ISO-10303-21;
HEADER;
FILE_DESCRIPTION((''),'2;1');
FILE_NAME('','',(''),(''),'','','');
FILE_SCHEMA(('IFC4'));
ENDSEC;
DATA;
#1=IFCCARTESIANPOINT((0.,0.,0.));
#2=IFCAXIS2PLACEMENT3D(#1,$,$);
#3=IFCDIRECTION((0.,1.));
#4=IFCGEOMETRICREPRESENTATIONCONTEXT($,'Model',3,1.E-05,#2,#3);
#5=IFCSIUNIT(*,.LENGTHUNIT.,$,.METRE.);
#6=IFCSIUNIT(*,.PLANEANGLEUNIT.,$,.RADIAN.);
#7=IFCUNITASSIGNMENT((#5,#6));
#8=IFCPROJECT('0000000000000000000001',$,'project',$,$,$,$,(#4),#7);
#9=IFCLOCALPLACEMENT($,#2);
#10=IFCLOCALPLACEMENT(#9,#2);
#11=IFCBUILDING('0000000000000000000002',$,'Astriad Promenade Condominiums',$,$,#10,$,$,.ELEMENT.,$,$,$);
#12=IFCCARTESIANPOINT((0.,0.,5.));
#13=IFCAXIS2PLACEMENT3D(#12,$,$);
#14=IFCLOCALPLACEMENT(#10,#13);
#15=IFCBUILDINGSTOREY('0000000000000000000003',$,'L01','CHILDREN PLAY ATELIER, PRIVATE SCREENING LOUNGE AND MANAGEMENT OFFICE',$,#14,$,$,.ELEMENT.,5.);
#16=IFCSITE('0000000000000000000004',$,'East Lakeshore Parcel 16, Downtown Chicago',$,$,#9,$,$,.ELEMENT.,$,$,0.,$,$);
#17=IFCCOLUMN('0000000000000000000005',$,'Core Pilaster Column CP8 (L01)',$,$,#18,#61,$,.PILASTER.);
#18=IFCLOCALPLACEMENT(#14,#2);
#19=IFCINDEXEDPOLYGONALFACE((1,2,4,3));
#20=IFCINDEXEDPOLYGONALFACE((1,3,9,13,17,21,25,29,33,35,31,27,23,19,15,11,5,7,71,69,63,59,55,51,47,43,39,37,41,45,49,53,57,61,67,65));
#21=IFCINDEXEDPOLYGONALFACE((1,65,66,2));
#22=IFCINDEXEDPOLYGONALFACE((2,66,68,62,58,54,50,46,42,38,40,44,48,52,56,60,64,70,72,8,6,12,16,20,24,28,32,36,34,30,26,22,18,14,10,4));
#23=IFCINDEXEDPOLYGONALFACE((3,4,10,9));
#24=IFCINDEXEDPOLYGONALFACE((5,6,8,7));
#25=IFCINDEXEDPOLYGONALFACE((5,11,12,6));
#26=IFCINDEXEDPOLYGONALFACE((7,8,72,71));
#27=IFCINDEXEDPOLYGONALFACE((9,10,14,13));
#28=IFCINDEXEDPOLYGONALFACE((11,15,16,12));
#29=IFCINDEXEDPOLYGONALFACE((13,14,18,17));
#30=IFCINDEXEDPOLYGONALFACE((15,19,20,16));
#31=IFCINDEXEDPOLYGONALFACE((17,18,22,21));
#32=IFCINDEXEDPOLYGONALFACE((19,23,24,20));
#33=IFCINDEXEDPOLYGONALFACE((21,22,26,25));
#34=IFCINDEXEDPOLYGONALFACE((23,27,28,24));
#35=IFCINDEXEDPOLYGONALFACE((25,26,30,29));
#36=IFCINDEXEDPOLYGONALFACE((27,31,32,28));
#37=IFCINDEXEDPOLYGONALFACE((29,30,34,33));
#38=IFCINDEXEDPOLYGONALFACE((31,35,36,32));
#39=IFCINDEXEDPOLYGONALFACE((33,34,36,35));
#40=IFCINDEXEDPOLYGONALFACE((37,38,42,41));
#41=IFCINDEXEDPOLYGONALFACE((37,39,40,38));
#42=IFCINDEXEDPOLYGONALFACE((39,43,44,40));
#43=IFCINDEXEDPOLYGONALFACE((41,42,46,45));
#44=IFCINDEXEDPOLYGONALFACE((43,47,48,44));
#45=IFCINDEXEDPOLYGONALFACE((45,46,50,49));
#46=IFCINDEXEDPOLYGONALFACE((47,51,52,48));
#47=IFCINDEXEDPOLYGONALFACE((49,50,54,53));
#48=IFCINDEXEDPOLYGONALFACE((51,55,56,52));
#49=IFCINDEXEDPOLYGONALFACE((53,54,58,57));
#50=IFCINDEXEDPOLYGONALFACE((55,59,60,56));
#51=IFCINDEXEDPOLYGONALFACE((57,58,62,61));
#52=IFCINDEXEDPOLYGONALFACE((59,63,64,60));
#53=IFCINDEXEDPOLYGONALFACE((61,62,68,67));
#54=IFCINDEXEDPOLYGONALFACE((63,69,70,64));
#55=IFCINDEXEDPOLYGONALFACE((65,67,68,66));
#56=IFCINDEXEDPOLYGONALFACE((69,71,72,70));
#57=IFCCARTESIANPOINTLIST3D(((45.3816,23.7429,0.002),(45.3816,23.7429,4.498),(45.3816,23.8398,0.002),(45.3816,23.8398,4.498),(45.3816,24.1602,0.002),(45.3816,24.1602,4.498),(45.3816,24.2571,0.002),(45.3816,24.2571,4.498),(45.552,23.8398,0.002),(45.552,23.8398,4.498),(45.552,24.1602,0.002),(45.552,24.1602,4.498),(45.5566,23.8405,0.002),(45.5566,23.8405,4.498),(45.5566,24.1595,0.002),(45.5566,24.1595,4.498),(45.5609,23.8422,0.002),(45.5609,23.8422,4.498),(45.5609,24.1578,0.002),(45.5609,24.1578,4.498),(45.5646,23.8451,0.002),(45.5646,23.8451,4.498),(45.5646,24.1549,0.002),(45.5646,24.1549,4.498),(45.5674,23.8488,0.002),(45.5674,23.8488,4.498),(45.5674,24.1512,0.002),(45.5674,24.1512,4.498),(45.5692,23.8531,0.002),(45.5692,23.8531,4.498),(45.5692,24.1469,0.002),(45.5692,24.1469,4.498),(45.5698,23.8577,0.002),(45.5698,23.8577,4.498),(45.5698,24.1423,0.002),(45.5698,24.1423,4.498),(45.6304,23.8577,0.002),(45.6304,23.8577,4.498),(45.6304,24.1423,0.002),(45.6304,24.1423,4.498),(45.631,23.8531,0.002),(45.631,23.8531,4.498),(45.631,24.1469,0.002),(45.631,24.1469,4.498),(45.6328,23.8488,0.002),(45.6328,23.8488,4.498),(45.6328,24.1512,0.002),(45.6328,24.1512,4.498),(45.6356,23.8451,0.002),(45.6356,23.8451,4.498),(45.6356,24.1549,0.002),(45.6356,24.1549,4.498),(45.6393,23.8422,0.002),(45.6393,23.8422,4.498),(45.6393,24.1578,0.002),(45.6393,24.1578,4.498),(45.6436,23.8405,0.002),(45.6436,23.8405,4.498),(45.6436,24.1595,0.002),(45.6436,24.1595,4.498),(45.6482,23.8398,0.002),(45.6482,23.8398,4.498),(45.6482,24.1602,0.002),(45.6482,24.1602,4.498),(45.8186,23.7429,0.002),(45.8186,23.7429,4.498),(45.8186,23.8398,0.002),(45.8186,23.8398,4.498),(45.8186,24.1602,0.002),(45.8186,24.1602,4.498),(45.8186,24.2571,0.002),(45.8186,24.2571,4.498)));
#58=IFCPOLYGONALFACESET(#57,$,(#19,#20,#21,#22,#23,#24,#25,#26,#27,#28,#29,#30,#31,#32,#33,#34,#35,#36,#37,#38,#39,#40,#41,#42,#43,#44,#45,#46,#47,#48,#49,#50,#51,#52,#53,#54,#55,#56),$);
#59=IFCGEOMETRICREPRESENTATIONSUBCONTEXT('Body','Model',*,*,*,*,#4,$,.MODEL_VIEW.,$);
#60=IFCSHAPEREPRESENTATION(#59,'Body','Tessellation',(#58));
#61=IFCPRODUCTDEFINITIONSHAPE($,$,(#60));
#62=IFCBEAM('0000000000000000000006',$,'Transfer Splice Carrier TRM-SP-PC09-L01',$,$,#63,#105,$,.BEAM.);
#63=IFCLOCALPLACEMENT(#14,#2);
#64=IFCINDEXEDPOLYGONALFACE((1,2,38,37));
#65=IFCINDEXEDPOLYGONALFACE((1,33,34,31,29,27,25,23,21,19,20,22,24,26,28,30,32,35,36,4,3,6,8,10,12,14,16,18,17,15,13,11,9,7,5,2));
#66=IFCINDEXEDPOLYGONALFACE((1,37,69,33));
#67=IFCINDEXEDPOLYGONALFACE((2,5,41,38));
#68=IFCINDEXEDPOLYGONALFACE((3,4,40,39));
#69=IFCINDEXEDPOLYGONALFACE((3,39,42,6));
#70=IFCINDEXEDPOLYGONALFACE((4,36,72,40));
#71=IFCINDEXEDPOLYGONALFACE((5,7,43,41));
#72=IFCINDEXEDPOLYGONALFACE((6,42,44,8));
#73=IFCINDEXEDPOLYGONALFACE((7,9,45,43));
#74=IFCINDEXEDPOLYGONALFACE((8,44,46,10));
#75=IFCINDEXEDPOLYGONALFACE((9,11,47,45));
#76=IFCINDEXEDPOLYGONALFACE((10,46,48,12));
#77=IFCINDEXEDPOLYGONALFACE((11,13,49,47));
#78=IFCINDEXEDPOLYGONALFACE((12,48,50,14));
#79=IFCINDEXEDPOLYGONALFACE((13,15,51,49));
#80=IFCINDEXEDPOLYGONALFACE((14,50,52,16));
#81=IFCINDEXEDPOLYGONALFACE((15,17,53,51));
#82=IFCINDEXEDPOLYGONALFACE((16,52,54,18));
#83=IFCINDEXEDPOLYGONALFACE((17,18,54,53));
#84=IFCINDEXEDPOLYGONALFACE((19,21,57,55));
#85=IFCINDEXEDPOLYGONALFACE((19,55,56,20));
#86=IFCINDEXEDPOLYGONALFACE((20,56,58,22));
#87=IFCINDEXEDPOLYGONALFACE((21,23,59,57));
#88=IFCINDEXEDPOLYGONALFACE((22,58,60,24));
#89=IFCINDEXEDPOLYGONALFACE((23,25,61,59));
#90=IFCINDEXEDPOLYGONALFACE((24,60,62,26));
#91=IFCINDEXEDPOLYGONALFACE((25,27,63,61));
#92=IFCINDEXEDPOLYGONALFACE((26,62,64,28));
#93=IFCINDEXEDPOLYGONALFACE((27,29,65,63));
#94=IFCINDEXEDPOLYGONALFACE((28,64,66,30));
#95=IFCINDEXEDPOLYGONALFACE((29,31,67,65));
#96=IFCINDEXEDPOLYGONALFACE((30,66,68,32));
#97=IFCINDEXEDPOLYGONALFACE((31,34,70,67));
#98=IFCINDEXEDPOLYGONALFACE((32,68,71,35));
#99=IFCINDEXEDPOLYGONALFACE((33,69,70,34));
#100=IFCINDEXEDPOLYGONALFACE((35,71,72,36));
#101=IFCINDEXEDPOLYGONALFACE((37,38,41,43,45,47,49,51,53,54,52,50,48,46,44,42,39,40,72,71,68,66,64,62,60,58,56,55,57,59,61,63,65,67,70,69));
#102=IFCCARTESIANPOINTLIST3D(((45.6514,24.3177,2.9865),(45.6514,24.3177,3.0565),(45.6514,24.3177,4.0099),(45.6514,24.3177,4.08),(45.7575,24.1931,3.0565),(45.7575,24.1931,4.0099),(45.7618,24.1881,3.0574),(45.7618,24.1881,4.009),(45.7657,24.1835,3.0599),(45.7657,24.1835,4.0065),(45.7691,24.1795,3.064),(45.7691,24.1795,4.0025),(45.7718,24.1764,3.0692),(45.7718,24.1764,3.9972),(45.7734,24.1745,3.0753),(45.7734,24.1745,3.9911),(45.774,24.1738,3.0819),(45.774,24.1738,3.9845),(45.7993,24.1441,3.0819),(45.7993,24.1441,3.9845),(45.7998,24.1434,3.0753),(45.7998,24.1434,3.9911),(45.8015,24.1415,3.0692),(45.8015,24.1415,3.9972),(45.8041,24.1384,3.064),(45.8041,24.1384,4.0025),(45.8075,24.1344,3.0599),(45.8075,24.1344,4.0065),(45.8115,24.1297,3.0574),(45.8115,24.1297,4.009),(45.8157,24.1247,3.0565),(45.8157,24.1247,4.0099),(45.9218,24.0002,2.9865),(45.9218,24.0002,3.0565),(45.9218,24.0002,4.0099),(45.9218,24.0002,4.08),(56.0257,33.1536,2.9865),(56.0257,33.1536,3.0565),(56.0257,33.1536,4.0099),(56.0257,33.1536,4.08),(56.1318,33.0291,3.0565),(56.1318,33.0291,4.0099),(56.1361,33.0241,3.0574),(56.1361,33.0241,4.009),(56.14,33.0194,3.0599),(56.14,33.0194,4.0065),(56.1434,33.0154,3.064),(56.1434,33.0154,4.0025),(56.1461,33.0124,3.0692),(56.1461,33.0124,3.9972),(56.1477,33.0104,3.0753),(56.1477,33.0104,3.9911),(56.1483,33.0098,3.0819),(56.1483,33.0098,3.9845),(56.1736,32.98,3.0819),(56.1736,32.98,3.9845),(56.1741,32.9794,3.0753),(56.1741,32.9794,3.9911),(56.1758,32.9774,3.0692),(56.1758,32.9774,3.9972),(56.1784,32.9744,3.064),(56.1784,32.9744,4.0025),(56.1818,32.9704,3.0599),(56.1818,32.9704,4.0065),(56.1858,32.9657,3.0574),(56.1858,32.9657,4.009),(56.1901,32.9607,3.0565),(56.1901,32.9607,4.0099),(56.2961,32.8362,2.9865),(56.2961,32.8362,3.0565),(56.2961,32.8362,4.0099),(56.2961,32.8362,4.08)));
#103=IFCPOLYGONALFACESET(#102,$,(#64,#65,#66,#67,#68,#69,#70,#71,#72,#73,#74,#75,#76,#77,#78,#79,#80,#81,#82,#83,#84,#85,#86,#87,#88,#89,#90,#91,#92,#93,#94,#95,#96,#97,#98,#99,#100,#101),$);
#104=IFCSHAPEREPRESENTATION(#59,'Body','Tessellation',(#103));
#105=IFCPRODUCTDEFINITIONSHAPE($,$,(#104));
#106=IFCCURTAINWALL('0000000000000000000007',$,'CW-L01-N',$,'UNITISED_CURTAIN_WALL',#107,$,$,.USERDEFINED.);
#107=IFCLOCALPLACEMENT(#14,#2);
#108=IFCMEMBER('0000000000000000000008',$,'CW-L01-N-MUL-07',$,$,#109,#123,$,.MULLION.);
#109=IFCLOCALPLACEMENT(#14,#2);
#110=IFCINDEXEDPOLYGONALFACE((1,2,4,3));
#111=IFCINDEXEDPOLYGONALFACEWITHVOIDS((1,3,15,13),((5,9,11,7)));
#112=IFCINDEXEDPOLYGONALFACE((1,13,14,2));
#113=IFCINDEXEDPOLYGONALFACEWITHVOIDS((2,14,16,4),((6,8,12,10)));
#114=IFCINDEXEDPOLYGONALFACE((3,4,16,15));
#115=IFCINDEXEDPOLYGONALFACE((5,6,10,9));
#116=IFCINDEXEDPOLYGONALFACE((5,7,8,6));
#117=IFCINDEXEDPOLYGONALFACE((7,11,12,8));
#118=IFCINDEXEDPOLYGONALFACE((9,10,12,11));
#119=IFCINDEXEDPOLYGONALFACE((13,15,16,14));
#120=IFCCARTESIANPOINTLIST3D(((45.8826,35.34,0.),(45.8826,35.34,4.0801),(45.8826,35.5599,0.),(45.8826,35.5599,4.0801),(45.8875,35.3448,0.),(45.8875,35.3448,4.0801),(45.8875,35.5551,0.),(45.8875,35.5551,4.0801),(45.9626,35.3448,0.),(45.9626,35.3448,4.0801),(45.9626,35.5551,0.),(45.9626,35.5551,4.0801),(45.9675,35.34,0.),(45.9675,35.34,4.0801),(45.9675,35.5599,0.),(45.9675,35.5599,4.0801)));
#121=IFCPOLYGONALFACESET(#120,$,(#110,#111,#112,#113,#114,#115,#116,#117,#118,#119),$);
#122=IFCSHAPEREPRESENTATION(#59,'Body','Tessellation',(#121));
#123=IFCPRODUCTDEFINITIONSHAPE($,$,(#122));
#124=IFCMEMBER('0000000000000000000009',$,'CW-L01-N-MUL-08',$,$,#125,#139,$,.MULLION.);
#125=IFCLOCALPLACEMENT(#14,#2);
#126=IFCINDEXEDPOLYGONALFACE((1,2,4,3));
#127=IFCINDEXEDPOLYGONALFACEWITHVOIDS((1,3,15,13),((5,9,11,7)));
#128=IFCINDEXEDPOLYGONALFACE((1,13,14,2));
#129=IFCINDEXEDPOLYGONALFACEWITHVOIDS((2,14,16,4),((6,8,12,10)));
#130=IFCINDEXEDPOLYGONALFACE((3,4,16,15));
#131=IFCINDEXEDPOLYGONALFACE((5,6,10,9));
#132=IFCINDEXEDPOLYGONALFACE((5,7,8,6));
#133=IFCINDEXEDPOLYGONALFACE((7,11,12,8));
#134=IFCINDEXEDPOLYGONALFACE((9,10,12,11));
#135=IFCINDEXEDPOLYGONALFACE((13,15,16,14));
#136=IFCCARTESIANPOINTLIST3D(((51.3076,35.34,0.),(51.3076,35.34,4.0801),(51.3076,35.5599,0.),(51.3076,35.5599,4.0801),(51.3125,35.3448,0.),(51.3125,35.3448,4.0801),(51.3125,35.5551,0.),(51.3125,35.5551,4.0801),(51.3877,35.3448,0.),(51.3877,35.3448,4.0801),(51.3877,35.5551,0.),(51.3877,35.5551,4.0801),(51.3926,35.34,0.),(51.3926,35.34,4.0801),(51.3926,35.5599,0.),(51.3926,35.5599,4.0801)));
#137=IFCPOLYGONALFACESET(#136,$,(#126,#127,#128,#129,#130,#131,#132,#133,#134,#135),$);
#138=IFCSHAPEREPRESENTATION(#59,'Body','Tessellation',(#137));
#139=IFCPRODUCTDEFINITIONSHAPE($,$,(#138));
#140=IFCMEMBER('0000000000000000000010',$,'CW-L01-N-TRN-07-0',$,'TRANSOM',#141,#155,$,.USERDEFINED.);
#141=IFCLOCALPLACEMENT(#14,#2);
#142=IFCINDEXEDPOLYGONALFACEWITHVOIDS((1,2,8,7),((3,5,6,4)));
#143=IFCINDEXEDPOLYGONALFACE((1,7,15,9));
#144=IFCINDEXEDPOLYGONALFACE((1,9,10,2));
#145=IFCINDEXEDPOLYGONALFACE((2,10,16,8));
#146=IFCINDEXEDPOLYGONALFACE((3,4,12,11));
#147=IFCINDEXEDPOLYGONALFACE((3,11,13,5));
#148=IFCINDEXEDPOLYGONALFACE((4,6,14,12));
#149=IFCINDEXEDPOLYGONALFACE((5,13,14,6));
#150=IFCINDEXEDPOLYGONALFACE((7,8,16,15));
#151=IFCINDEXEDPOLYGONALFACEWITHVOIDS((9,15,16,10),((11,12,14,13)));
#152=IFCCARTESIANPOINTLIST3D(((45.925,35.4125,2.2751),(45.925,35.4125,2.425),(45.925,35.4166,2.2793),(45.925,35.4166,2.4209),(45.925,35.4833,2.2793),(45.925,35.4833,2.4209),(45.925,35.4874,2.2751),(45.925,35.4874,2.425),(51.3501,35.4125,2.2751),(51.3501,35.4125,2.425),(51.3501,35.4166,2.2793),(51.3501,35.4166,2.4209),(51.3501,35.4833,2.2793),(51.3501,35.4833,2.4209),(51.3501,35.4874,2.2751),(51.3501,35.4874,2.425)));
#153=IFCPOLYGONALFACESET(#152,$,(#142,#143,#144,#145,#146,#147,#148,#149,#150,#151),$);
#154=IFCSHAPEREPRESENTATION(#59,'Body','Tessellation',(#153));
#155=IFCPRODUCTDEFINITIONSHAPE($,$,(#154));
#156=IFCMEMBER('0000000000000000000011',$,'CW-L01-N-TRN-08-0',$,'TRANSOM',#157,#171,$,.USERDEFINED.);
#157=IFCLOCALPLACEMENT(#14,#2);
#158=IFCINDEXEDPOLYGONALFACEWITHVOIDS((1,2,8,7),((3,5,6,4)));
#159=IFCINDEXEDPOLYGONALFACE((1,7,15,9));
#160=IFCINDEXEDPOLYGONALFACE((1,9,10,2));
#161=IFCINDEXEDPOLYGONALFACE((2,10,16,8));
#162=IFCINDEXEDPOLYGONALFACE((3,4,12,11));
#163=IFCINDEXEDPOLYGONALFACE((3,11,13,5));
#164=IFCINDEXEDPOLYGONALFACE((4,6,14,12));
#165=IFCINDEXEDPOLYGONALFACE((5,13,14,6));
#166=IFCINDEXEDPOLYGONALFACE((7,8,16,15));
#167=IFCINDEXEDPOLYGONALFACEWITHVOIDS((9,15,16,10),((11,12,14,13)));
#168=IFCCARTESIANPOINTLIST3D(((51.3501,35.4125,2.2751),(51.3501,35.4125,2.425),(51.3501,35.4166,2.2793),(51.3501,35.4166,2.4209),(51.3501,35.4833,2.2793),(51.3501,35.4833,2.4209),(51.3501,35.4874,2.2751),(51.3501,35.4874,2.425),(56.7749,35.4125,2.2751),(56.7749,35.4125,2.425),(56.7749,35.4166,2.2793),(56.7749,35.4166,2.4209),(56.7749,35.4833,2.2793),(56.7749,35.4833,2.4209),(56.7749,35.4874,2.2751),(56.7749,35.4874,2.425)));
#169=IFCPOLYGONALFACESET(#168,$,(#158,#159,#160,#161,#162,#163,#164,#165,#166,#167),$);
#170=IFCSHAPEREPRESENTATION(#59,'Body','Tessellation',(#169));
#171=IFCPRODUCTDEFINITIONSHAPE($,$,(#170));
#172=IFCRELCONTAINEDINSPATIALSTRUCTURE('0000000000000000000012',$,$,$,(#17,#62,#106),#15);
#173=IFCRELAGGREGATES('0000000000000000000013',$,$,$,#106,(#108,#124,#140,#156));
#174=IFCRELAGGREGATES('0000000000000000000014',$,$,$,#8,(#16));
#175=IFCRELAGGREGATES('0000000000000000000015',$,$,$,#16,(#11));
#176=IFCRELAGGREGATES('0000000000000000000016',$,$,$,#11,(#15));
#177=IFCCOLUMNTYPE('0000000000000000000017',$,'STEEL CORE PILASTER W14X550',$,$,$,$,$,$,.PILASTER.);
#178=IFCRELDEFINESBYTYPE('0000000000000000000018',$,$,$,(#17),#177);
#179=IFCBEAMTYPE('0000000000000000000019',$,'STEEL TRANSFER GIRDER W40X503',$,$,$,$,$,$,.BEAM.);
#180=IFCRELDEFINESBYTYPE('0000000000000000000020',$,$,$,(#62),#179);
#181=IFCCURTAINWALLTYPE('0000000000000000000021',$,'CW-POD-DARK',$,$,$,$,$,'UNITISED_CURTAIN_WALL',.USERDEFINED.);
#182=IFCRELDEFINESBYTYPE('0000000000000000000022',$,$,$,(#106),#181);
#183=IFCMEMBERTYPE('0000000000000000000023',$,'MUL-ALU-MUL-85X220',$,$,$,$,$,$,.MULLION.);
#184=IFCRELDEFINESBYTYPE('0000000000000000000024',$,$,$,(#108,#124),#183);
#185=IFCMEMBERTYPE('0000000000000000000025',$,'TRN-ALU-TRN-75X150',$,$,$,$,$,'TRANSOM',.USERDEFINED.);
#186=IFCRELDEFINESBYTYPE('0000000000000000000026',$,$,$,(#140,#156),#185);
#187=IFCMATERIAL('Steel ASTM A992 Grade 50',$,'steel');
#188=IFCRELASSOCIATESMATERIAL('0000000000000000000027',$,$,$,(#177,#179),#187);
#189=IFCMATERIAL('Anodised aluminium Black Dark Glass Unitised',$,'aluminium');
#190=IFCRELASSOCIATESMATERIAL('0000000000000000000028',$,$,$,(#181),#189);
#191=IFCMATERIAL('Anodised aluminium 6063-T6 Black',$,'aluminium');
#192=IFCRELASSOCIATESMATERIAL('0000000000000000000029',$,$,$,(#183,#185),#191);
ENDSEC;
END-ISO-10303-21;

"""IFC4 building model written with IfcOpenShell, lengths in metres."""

from ifc_helpers import new_model, si_unit, direction, frame, origin, origin_2d, place, context, subcontext, project, spatial, hollow_rectangle, i_section, extrude, source, transform, mapped, material, material_profile, profile_set, type_object, type_shapes, element, aggregate, save


model = new_model("IFC4")

# Units and contexts
model_context = context("Model", 3, precision=1e-05, world=origin(), true_north=direction((0.0, 1.0)))
body_context = subcontext(model_context, "Body", "Model", "MODEL_VIEW")
ifc_project = project(units=[si_unit("LENGTHUNIT", "METRE"), si_unit("PLANEANGLEUNIT", "RADIAN")], contexts=[model_context])

# Site, building, storey
site_placement = place(None, origin())
site = spatial("IfcSite", under=ifc_project, at=site_placement, Name="East Lakeshore Parcel 16, Downtown Chicago", CompositionType="ELEMENT", RefElevation=0.0)
building_placement = place(site_placement, origin())
building = spatial("IfcBuilding", under=site, at=building_placement, Name="Astriad Promenade Condominiums", CompositionType="ELEMENT")
storey_placement = place(building_placement, frame((0.0, 0.0, 5.0)))
storey = spatial("IfcBuildingStorey", under=building, at=storey_placement, Name="L01", Description="CHILDREN PLAY ATELIER, PRIVATE SCREENING LOUNGE AND MANAGEMENT OFFICE", CompositionType="ELEMENT", Elevation=5.0)

# Column
ifc_material_1 = material(Name="Steel ASTM A992 Grade 50", Category="steel")
ifc_material_profile_1 = material_profile(ifc_material_1, i_section(OverallWidth=0.437, OverallDepth=0.5142, WebThickness=0.0605, FlangeThickness=0.0969, FilletRadius=0.0178, at=origin_2d()), Name="W14X550")
ifc_profile_set_1 = profile_set([ifc_material_profile_1], Name="Steel ASTM A992 Grade 50")
column_type = type_object("IfcColumnType", Name="STEEL CORE PILASTER W14X550", PredefinedType="PILASTER", material=ifc_profile_set_1)
shared_shape_1 = source(origin(), body_context, "Body", "SweptSolid", [
    extrude(i_section(OverallWidth=0.437, OverallDepth=0.5142, WebThickness=0.0605, FlangeThickness=0.0969, FilletRadius=0.0178, at=origin_2d()), origin(), (0.0, 0.0, 1.0), 4.4961),
])
type_shapes(column_type, [shared_shape_1])
column_placement = place(storey_placement, frame((45.6001, 24.0, 0.002), z_axis=(0.0, 0.0, 1.0), x_axis=(1.0, 0.0, 0.0)))
element("IfcColumn", 1, at=column_placement, inside=storey, type_object=column_type, Name="Core Pilaster Column CP8 (L01)", PredefinedType="PILASTER", context=body_context, shape_type="MappedRepresentation", body=[
    mapped(shared_shape_1, transform((0.0, 0.0, 0.0), scale=1.0)),
])

# Beam
ifc_material_profile_2 = material_profile(ifc_material_1, i_section(OverallWidth=0.417, OverallDepth=1.0935, WebThickness=0.0391, FlangeThickness=0.0701, FilletRadius=0.0254, at=origin_2d()), Name="W40X503")
ifc_profile_set_2 = profile_set([ifc_material_profile_2], Name="Steel ASTM A992 Grade 50")
beam_type = type_object("IfcBeamType", Name="STEEL TRANSFER GIRDER W40X503", PredefinedType="BEAM", material=ifc_profile_set_2)
shared_shape_2 = source(origin(), body_context, "Body", "SweptSolid", [
    extrude(i_section(OverallWidth=0.417, OverallDepth=1.0935, WebThickness=0.0391, FlangeThickness=0.0701, FilletRadius=0.0254, at=origin_2d()), origin(), (0.0, 0.0, 1.0), 13.6272),
])
type_shapes(beam_type, [shared_shape_2])
beam_placement = place(storey_placement, frame((45.7866, 24.1589, 3.5332), z_axis=(0.761294, 0.648407, 0.0), x_axis=(-0.648407, 0.761294, 0.0)))
element("IfcBeam", 2, at=beam_placement, inside=storey, type_object=beam_type, Name="Transfer Splice Carrier TRM-SP-PC09-L01", PredefinedType="BEAM", context=body_context, shape_type="MappedRepresentation", body=[
    mapped(shared_shape_2, transform((0.0, 0.0, 0.0), scale=1.0)),
])

# Curtain wall, members
ifc_material_2 = material(Name="Anodised aluminium Black Dark Glass Unitised", Category="aluminium")
curtain_wall_type = type_object("IfcCurtainWallType", Name="CW-POD-DARK", ElementType="UNITISED_CURTAIN_WALL", PredefinedType="USERDEFINED", material=ifc_material_2)
curtain_wall_placement = place(storey_placement, origin())
curtain_wall = element("IfcCurtainWall", 3, at=curtain_wall_placement, inside=storey, type_object=curtain_wall_type, Name="CW-L01-N", ObjectType="UNITISED_CURTAIN_WALL", PredefinedType="USERDEFINED")
ifc_material_3 = material(Name="Anodised aluminium 6063-T6 Black", Category="aluminium")
ifc_material_profile_3 = material_profile(ifc_material_3, hollow_rectangle(XDim=0.085, YDim=0.22, WallThickness=0.0049, at=origin_2d()), Name="ALU-MUL-85X220")
ifc_profile_set_3 = profile_set([ifc_material_profile_3], Name="Anodised aluminium 6063-T6 Black")
member_type_1 = type_object("IfcMemberType", Name="MUL-ALU-MUL-85X220", PredefinedType="MULLION", material=ifc_profile_set_3)
shared_shape_3 = source(origin(), body_context, "Body", "SweptSolid", [
    extrude(hollow_rectangle(XDim=0.085, YDim=0.22, WallThickness=0.0049, at=origin_2d()), origin(), (0.0, 0.0, 1.0), 4.0801),
])
type_shapes(member_type_1, [shared_shape_3])
member_1_placement = place(storey_placement, frame((45.925, 35.45, 0.0), z_axis=(0.0, 0.0, 1.0), x_axis=(1.0, 0.0, 0.0)))
member_1 = element("IfcMember", 4, at=member_1_placement, type_object=member_type_1, Name="CW-L01-N-MUL-07", PredefinedType="MULLION", context=body_context, shape_type="MappedRepresentation", body=[
    mapped(shared_shape_3, transform((0.0, 0.0, 0.0), scale=1.0)),
])
member_2_placement = place(storey_placement, frame((51.3501, 35.45, 0.0), z_axis=(0.0, 0.0, 1.0), x_axis=(1.0, 0.0, 0.0)))
member_2 = element("IfcMember", 5, at=member_2_placement, type_object=member_type_1, Name="CW-L01-N-MUL-08", PredefinedType="MULLION", context=body_context, shape_type="MappedRepresentation", body=[
    mapped(shared_shape_3, transform((0.0, 0.0, 0.0), scale=1.0)),
])
ifc_material_profile_4 = material_profile(ifc_material_3, hollow_rectangle(XDim=0.075, YDim=0.1499, WallThickness=0.0042, at=origin_2d()), Name="ALU-TRN-75X150")
ifc_profile_set_4 = profile_set([ifc_material_profile_4], Name="Anodised aluminium 6063-T6 Black")
member_type_2 = type_object("IfcMemberType", Name="TRN-ALU-TRN-75X150", ElementType="TRANSOM", PredefinedType="USERDEFINED", material=ifc_profile_set_4)
shared_shape_4 = source(origin(), body_context, "Body", "SweptSolid", [
    extrude(hollow_rectangle(XDim=0.075, YDim=0.1499, WallThickness=0.0042, at=origin_2d()), origin(), (0.0, 0.0, 1.0), 5.425),
])
member_3_placement = place(storey_placement, frame((45.925, 35.45, 2.3501), z_axis=(1.0, 0.0, 0.0), x_axis=(0.0, 1.0, 0.0)))
member_3 = element("IfcMember", 6, at=member_3_placement, type_object=member_type_2, Name="CW-L01-N-TRN-07-0", ObjectType="TRANSOM", PredefinedType="USERDEFINED", context=body_context, shape_type="MappedRepresentation", body=[
    mapped(shared_shape_4, transform((0.0, 0.0, 0.0), scale=1.0)),
])
shared_shape_5 = source(origin(), body_context, "Body", "SweptSolid", [
    extrude(hollow_rectangle(XDim=0.075, YDim=0.1499, WallThickness=0.0042, at=origin_2d()), origin(), (0.0, 0.0, 1.0), 5.4248),
])
type_shapes(member_type_2, [shared_shape_4, shared_shape_5])
member_4_placement = place(storey_placement, frame((51.3501, 35.45, 2.3501), z_axis=(1.0, 0.0, 0.0), x_axis=(0.0, 1.0, 0.0)))
member_4 = element("IfcMember", 7, at=member_4_placement, type_object=member_type_2, Name="CW-L01-N-TRN-08-0", ObjectType="TRANSOM", PredefinedType="USERDEFINED", context=body_context, shape_type="MappedRepresentation", body=[
    mapped(shared_shape_5, transform((0.0, 0.0, 0.0), scale=1.0)),
])
aggregate(curtain_wall, [member_1, member_2, member_3, member_4])

save(model, "model.ifc")
